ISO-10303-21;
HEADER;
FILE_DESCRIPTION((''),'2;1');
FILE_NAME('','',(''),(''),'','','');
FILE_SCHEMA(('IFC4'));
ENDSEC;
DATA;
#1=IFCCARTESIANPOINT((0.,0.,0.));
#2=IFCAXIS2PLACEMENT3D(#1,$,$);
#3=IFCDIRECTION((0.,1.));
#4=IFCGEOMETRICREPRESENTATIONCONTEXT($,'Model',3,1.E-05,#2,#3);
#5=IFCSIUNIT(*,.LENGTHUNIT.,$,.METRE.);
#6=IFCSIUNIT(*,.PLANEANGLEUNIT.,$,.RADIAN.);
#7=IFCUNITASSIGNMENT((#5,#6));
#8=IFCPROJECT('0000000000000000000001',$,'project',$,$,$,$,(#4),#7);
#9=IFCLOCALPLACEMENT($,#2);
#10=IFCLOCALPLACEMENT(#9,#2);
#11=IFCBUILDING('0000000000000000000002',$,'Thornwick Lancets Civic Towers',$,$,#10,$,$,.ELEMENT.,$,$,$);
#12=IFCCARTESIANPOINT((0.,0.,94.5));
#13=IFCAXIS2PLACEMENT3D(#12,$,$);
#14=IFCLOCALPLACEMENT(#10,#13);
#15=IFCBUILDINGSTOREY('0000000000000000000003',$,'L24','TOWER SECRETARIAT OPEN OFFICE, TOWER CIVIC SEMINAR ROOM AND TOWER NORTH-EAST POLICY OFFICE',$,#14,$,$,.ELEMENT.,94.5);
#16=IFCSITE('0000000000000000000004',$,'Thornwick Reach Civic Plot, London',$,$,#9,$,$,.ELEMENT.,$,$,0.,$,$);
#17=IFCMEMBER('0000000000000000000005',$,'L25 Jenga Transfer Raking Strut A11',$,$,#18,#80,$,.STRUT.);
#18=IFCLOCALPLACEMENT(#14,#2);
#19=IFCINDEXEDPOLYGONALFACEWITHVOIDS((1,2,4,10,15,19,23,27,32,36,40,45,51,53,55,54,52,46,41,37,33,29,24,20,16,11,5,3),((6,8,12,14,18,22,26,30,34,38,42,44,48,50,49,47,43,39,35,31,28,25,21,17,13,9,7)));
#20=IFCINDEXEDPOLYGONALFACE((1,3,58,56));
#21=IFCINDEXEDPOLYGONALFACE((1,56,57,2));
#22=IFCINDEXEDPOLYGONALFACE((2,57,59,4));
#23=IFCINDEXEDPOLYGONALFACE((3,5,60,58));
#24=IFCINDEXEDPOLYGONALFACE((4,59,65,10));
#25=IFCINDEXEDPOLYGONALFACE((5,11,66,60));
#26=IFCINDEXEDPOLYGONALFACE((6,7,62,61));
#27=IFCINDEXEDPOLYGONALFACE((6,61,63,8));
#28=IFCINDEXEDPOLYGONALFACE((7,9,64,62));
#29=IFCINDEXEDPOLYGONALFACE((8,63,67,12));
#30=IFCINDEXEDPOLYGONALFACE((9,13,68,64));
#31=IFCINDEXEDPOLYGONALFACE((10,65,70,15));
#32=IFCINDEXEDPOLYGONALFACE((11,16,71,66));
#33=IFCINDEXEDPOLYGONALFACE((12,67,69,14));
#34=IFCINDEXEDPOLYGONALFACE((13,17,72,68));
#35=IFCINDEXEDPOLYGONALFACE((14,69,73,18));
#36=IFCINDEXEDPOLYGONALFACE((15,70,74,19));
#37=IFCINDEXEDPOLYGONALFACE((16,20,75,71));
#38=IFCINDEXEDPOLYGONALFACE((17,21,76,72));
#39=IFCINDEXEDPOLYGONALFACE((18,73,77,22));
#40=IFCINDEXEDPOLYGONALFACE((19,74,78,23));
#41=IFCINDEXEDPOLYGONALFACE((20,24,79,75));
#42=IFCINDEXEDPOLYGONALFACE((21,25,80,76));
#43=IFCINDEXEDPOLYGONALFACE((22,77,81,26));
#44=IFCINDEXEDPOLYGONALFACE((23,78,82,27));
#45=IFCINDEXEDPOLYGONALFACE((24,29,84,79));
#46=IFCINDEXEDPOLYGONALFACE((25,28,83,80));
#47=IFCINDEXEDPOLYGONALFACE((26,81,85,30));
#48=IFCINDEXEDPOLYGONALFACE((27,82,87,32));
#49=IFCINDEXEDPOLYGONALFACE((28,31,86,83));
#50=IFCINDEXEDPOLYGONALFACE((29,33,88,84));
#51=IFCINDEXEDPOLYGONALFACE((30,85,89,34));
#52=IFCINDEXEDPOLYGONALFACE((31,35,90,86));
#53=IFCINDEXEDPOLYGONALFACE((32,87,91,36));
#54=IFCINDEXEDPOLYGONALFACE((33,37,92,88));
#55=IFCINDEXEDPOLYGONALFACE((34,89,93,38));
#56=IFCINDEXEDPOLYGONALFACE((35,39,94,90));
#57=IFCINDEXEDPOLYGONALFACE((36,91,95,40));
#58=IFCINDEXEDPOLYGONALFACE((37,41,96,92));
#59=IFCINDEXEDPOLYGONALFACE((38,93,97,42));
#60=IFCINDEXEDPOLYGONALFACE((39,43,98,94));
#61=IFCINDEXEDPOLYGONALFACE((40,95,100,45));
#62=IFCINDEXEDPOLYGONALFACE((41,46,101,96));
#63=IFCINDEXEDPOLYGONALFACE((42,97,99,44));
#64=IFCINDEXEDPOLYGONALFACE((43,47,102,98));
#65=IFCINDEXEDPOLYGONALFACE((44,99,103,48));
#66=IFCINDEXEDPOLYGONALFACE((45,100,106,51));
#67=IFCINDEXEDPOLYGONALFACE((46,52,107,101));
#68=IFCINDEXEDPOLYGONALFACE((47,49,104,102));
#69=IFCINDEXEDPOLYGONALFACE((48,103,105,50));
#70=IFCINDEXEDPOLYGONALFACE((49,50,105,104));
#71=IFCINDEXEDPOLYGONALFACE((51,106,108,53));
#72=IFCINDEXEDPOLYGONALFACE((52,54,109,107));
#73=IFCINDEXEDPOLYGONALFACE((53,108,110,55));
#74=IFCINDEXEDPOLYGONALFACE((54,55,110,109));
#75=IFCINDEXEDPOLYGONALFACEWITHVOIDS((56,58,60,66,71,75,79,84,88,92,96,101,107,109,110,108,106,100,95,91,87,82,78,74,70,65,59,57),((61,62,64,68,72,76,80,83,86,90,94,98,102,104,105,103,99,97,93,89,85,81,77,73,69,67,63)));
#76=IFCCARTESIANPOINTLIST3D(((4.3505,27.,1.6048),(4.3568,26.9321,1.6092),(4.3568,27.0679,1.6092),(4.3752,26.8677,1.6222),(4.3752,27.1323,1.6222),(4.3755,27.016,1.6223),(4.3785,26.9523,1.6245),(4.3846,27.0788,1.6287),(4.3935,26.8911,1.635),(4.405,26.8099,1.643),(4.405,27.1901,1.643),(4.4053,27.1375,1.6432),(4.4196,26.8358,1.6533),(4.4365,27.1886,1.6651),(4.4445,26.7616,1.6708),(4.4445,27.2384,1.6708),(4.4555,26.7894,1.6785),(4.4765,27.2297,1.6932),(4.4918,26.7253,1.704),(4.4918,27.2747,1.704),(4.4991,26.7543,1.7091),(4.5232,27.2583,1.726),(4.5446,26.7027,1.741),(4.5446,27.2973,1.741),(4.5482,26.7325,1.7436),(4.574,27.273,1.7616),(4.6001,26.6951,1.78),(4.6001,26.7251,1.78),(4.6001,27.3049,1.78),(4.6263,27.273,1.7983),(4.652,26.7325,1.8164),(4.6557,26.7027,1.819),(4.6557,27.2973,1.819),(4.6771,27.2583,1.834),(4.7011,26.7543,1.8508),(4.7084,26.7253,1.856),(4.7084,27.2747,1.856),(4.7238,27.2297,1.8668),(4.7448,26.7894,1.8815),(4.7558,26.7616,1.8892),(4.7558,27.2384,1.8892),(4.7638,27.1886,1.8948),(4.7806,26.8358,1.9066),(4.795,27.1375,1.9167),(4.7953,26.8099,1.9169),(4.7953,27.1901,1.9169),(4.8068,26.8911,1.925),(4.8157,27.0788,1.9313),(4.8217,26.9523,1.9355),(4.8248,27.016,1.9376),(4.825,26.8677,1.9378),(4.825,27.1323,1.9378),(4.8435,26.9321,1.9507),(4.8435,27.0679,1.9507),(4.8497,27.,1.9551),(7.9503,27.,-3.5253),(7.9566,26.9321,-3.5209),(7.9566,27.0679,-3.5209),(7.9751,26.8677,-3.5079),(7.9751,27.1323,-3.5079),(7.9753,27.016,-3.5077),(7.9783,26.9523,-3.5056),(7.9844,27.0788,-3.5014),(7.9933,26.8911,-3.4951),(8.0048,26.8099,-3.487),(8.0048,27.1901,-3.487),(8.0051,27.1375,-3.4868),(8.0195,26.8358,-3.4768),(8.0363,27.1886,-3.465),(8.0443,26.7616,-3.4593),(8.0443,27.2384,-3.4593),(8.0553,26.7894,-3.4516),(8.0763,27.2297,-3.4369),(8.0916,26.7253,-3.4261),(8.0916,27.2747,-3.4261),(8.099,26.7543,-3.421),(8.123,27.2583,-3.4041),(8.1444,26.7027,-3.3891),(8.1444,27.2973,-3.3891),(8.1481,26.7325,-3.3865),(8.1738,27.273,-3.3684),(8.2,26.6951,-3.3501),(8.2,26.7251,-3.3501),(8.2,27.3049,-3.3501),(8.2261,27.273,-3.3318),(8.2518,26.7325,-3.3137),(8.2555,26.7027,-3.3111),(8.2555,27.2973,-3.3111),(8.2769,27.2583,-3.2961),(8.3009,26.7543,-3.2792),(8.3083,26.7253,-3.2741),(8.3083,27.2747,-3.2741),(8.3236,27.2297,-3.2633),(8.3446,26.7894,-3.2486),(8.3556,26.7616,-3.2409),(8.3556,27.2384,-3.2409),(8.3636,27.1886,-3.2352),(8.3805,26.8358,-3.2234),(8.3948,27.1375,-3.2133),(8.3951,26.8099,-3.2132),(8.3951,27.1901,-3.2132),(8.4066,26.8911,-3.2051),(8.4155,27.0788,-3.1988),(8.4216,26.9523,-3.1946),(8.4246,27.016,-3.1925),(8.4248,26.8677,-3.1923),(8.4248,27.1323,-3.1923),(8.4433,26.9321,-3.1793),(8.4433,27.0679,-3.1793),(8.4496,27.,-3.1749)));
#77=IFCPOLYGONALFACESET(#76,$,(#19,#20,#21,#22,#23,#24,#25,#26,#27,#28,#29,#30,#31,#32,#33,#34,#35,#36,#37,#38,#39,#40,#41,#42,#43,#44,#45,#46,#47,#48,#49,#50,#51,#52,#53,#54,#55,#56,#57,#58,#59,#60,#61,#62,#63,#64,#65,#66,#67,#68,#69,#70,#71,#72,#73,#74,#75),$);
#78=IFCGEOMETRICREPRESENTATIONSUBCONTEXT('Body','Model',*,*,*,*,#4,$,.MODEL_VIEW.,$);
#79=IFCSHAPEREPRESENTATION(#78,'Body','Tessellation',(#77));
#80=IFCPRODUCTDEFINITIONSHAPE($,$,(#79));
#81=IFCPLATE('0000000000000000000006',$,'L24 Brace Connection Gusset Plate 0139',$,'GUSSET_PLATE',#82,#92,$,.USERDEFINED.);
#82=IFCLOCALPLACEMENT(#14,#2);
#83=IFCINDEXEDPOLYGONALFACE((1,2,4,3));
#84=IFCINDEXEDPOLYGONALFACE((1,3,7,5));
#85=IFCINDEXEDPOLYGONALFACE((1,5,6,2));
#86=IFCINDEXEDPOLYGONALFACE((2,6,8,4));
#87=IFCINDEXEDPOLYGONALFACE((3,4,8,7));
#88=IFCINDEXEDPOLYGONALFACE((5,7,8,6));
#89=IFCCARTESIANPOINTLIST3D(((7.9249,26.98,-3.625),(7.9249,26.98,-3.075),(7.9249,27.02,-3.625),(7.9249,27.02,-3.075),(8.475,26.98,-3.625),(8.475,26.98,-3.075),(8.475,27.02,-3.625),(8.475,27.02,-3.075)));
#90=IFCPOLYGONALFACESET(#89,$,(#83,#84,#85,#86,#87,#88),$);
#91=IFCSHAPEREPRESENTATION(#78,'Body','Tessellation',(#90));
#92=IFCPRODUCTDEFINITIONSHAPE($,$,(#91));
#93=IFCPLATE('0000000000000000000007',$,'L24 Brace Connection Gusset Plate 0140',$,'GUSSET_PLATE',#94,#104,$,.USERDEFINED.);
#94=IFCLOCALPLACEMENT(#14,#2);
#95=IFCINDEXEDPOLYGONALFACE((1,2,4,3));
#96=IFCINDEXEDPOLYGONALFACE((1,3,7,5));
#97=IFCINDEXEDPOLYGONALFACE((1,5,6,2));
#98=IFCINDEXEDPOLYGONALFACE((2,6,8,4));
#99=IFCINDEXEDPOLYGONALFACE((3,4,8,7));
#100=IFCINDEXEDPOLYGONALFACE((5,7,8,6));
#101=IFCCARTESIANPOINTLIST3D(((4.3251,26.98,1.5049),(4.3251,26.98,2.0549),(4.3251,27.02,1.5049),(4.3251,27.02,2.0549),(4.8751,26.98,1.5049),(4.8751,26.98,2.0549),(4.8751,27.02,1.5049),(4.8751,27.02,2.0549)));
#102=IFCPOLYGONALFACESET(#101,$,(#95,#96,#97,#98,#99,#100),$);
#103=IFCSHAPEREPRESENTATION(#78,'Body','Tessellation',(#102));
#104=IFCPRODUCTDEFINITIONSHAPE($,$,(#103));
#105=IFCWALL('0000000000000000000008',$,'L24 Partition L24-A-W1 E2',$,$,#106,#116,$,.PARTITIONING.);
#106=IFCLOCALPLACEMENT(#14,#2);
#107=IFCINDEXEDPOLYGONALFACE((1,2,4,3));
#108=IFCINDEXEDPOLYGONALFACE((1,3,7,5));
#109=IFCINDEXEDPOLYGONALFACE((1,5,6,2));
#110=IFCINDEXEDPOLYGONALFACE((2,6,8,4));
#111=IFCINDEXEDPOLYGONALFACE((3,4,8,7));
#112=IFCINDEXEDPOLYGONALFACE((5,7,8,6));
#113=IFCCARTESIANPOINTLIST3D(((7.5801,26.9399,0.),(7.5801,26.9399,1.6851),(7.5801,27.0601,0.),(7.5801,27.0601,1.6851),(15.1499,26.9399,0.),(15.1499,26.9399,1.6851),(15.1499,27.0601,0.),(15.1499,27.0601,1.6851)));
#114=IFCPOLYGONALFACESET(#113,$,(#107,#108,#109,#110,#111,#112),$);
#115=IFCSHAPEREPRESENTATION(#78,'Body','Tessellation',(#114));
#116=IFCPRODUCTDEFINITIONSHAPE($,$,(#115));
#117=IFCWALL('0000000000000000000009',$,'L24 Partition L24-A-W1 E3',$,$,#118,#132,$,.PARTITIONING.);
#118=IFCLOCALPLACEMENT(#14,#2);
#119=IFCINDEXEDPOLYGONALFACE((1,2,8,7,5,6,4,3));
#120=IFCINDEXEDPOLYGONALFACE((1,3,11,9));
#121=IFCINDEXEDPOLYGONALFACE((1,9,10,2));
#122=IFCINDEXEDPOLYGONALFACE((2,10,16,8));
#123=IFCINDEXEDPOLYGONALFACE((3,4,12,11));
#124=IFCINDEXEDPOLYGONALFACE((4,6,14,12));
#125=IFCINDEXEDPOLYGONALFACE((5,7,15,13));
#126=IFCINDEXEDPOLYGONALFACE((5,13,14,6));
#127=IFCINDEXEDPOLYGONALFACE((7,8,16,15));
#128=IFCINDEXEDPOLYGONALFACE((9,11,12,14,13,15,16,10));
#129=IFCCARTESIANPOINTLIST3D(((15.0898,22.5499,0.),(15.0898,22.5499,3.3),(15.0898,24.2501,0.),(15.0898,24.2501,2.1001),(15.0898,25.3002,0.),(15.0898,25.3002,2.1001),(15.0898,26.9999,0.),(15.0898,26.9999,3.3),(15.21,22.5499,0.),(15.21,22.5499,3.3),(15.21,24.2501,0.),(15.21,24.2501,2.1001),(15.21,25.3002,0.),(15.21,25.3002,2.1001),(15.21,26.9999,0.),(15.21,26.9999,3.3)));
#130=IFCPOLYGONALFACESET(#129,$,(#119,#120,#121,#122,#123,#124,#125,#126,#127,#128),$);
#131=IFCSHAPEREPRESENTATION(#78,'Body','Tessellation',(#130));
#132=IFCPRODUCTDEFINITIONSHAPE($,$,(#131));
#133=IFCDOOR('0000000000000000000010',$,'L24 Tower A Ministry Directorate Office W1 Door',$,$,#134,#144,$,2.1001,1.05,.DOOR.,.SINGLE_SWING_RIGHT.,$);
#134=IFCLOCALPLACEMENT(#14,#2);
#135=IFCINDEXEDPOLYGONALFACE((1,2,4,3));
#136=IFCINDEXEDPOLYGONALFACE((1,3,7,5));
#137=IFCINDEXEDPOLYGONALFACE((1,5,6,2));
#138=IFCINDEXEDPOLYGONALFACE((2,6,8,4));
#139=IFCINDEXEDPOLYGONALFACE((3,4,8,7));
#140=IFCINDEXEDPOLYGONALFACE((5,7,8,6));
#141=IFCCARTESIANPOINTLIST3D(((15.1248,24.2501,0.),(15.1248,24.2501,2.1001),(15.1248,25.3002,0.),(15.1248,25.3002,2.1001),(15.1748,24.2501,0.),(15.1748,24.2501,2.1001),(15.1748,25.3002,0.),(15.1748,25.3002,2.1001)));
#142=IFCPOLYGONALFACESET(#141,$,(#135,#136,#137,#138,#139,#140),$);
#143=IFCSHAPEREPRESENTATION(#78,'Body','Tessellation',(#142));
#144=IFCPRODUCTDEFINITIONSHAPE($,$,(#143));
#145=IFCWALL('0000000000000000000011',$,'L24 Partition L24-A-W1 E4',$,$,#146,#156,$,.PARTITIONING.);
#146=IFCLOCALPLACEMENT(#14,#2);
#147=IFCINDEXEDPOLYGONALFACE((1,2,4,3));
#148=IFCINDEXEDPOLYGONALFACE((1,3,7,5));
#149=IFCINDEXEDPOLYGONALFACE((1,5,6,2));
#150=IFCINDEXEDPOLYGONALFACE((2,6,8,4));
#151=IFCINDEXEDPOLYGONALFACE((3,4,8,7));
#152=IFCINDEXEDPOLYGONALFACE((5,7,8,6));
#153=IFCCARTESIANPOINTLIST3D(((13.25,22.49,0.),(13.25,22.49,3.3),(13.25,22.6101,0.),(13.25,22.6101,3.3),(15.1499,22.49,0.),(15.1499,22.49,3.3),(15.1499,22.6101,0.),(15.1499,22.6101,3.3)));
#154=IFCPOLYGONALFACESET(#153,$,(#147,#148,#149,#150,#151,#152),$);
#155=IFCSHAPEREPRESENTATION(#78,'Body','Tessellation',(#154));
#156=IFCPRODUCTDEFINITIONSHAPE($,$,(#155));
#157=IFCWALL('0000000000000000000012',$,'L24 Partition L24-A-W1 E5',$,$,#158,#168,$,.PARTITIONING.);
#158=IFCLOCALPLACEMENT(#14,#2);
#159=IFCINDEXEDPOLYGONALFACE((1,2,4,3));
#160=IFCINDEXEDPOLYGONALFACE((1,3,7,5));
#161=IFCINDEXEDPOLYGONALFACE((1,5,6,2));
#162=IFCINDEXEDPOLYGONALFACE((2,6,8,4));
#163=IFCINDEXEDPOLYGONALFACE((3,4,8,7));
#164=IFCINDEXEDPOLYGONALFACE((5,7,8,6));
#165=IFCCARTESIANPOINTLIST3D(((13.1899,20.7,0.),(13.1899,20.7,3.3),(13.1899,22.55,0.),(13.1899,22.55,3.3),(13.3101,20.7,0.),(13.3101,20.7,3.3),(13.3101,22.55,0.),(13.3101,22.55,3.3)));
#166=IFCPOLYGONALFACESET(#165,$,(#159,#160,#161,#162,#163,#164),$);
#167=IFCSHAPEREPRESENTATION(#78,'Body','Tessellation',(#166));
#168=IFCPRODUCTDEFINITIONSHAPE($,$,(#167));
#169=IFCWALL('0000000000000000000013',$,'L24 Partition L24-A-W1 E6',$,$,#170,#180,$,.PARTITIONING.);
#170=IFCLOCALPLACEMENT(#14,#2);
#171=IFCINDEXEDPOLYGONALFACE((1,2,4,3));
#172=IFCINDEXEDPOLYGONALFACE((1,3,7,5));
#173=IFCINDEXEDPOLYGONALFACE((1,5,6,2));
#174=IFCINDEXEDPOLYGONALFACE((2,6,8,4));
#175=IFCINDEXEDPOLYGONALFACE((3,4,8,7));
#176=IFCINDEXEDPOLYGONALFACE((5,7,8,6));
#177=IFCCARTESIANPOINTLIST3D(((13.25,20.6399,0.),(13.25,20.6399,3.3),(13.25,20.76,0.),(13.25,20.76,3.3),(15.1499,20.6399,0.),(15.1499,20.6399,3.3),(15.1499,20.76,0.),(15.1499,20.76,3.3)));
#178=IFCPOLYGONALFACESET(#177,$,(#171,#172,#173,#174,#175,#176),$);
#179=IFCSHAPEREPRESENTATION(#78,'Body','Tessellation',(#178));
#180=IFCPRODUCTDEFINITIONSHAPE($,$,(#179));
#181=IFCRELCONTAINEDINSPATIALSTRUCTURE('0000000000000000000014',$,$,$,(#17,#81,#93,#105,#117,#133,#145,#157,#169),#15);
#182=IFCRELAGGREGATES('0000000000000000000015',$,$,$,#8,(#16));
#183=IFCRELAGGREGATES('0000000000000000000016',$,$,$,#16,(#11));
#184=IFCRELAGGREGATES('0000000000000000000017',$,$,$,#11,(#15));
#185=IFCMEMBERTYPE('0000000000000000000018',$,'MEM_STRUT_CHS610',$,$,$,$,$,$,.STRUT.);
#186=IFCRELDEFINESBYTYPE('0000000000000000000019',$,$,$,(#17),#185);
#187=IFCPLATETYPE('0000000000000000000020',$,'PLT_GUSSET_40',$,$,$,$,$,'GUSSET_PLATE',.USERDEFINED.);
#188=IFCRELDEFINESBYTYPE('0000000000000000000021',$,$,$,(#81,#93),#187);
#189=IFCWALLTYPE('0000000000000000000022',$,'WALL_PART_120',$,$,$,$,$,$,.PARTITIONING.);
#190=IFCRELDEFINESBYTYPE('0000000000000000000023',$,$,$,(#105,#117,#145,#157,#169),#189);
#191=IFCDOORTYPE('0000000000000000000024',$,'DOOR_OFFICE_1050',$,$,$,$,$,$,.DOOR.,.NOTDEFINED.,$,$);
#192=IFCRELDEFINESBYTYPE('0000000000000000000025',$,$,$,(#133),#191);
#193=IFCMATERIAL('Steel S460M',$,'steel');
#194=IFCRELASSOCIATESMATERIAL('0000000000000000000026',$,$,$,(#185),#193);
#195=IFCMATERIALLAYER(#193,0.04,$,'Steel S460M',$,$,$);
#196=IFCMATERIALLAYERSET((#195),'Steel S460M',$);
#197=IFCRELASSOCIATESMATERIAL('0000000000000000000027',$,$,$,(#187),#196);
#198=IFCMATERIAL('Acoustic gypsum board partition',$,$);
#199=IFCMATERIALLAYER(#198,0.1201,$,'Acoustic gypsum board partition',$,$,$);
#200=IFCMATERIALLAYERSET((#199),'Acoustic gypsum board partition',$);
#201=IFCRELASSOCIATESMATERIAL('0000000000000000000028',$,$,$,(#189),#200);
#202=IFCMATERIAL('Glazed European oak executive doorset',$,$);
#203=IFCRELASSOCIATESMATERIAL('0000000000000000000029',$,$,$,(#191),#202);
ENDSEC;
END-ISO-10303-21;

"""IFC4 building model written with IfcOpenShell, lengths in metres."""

from ifc_helpers import new_model, si_unit, direction, frame, frame_2d, origin, origin_2d, place, context, subcontext, project, spatial, rectangle, hollow_circle, extrude, material, layer, layer_set, material_profile, profile_set, type_object, element, fill, save


model = new_model("IFC4")

# Units and contexts
model_context = context("Model", 3, precision=1e-05, world=origin(), true_north=direction((0.0, 1.0)))
body_context = subcontext(model_context, "Body", "Model", "MODEL_VIEW")
ifc_project = project(units=[si_unit("LENGTHUNIT", "METRE"), si_unit("PLANEANGLEUNIT", "RADIAN")], contexts=[model_context])

# Site, building, storey
site_placement = place(None, origin())
site = spatial("IfcSite", under=ifc_project, at=site_placement, Name="Thornwick Reach Civic Plot, London", CompositionType="ELEMENT", RefElevation=0.0)
building_placement = place(site_placement, origin())
building = spatial("IfcBuilding", under=site, at=building_placement, Name="Thornwick Lancets Civic Towers", CompositionType="ELEMENT")
storey_placement = place(building_placement, frame((0.0, 0.0, 94.5)))
storey = spatial("IfcBuildingStorey", under=building, at=storey_placement, Name="L24", Description="TOWER SECRETARIAT OPEN OFFICE, TOWER CIVIC SEMINAR ROOM AND TOWER NORTH-EAST POLICY OFFICE", CompositionType="ELEMENT", Elevation=94.5)

# Member
ifc_material_1 = material(Name="Steel S460M", Category="steel")
ifc_material_profile_1 = material_profile(ifc_material_1, hollow_circle(Radius=0.3049, WallThickness=0.03, at=origin_2d()), Name="CHS 610x30")
ifc_profile_set_1 = profile_set([ifc_material_profile_1], Name="Steel S460M")
member_type = type_object("IfcMemberType", Name="MEM_STRUT_CHS610", PredefinedType="STRUT", material=ifc_profile_set_1)
member_placement = place(storey_placement, frame((8.2, 27.0, -3.3501), z_axis=(-0.574401, 0.0, 0.818574), x_axis=(0.0, -1.0, 0.0)))
element("IfcMember", 1, at=member_placement, inside=storey, type_object=member_type, Name="L25 Jenga Transfer Raking Strut A11", PredefinedType="STRUT", context=body_context, shape_type="SweptSolid", body=[
    extrude(hollow_circle(Radius=0.3049, WallThickness=0.03, at=origin_2d()), origin(), (0.0, 0.0, 1.0), 6.2671),
])

# Plates
ifc_layer_1 = layer(ifc_material_1, 0.04, Name="Steel S460M")
ifc_layer_set_1 = layer_set([ifc_layer_1], Name="Steel S460M")
plate_type = type_object("IfcPlateType", Name="PLT_GUSSET_40", ElementType="GUSSET_PLATE", PredefinedType="USERDEFINED", material=ifc_layer_set_1)
for number, where, z_axis, x_axis, name in (
    (2, (8.2, 27.0, -3.625), (0.0, 0.0, 1.0), (-1.0, 0.0, 0.0), "L24 Brace Connection Gusset Plate 0139"),
    (3, (4.6001, 27.0, 1.5049), (0.0, 0.0, 1.0), (-1.0, 0.0, 0.0), "L24 Brace Connection Gusset Plate 0140"),
):
    element("IfcPlate", number, at=place(storey_placement, frame(where, z_axis=z_axis, x_axis=x_axis)), inside=storey, type_object=plate_type, Name=name, ObjectType="GUSSET_PLATE", PredefinedType="USERDEFINED", context=body_context, shape_type="SweptSolid", body=[
        extrude(rectangle(XDim=0.55, YDim=0.04, at=origin_2d()), origin(), (0.0, 0.0, 1.0), 0.55),
    ])

# Wall
ifc_material_2 = material(Name="Acoustic gypsum board partition")
ifc_layer_2 = layer(ifc_material_2, 0.1201, Name="Acoustic gypsum board partition")
ifc_layer_set_2 = layer_set([ifc_layer_2], Name="Acoustic gypsum board partition")
wall_type_1 = type_object("IfcWallType", Name="WALL_PART_120", PredefinedType="PARTITIONING", material=ifc_layer_set_2)
wall_1_placement = place(storey_placement, frame((7.5801, 27.0, 0.0), z_axis=(0.0, 0.0, 1.0), x_axis=(1.0, 0.0, 0.0)))
element("IfcWall", 4, at=wall_1_placement, inside=storey, type_object=wall_type_1, Name="L24 Partition L24-A-W1 E2", PredefinedType="PARTITIONING", context=body_context, shape_type="SweptSolid", body=[
    extrude(rectangle(XDim=7.5698, YDim=0.1201, at=frame_2d((3.7849, 0.0))), origin(), (0.0, 0.0, 1.0), 1.6851),
])

# Wall, opening, door
wall_2_placement = place(storey_placement, frame((15.1499, 27.0, 0.0), z_axis=(0.0, 0.0, 1.0), x_axis=(0.0, -1.0, 0.0)))
wall_2 = element("IfcWall", 5, at=wall_2_placement, inside=storey, type_object=wall_type_1, Name="L24 Partition L24-A-W1 E3", PredefinedType="PARTITIONING", context=body_context, shape_type="SweptSolid", body=[
    extrude(rectangle(XDim=4.45, YDim=0.1201, at=frame_2d((2.2251, 0.0))), origin(), (0.0, 0.0, 1.0), 3.3),
])
opening_1_placement = place(wall_2_placement, frame((1.7, 0.0, 0.0)))
opening_1 = element("IfcOpeningElement", 6, at=opening_1_placement, cuts=wall_2, PredefinedType="OPENING", context=body_context, shape_type="SweptSolid", body=[
    extrude(rectangle(XDim=1.05, YDim=2.1001, at=frame_2d((0.5249, 1.05))), frame((0.0, 0.0701, 0.0), z_axis=(0.0, -1.0, 0.0), x_axis=(1.0, 0.0, 0.0)), (0.0, 0.0, 1.0), 0.1401),
])
ifc_material_3 = material(Name="Glazed European oak executive doorset")
door_type_1 = type_object("IfcDoorType", Name="DOOR_OFFICE_1050", OperationType="NOTDEFINED", PredefinedType="DOOR", material=ifc_material_3)
door_1_placement = place(opening_1_placement, origin())
door_1 = element("IfcDoor", 7, at=door_1_placement, inside=storey, type_object=door_type_1, Name="L24 Tower A Ministry Directorate Office W1 Door", OperationType="SINGLE_SWING_RIGHT", OverallHeight=2.1001, OverallWidth=1.05, PredefinedType="DOOR", context=body_context, shape_type="SweptSolid", body=[
    extrude(rectangle(XDim=1.05, YDim=2.1001, at=frame_2d((0.5249, 1.05))), frame((0.0, 0.0249, 0.0), z_axis=(0.0, -1.0, 0.0), x_axis=(1.0, 0.0, 0.0)), (0.0, 0.0, 1.0), 0.05),
])
fill(opening_1, door_1)

# Walls
wall_3_placement = place(storey_placement, frame((15.1499, 22.55, 0.0), z_axis=(0.0, 0.0, 1.0), x_axis=(-1.0, 0.0, 0.0)))
element("IfcWall", 8, at=wall_3_placement, inside=storey, type_object=wall_type_1, Name="L24 Partition L24-A-W1 E4", PredefinedType="PARTITIONING", context=body_context, shape_type="SweptSolid", body=[
    extrude(rectangle(XDim=1.8999, YDim=0.1201, at=frame_2d((0.95, 0.0))), origin(), (0.0, 0.0, 1.0), 3.3),
])
wall_4_placement = place(storey_placement, frame((13.25, 22.55, 0.0), z_axis=(0.0, 0.0, 1.0), x_axis=(0.0, -1.0, 0.0)))
element("IfcWall", 9, at=wall_4_placement, inside=storey, type_object=wall_type_1, Name="L24 Partition L24-A-W1 E5", PredefinedType="PARTITIONING", context=body_context, shape_type="SweptSolid", body=[
    extrude(rectangle(XDim=1.8501, YDim=0.1201, at=frame_2d((0.925, 0.0))), origin(), (0.0, 0.0, 1.0), 3.3),
])
wall_5_placement = place(storey_placement, frame((13.25, 20.7, 0.0), z_axis=(0.0, 0.0, 1.0), x_axis=(1.0, 0.0, 0.0)))
element("IfcWall", 10, at=wall_5_placement, inside=storey, type_object=wall_type_1, Name="L24 Partition L24-A-W1 E6", PredefinedType="PARTITIONING", context=body_context, shape_type="SweptSolid", body=[
    extrude(rectangle(XDim=1.8999, YDim=0.1201, at=frame_2d((0.95, 0.0))), origin(), (0.0, 0.0, 1.0), 3.3),
])

save(model, "model.ifc")
